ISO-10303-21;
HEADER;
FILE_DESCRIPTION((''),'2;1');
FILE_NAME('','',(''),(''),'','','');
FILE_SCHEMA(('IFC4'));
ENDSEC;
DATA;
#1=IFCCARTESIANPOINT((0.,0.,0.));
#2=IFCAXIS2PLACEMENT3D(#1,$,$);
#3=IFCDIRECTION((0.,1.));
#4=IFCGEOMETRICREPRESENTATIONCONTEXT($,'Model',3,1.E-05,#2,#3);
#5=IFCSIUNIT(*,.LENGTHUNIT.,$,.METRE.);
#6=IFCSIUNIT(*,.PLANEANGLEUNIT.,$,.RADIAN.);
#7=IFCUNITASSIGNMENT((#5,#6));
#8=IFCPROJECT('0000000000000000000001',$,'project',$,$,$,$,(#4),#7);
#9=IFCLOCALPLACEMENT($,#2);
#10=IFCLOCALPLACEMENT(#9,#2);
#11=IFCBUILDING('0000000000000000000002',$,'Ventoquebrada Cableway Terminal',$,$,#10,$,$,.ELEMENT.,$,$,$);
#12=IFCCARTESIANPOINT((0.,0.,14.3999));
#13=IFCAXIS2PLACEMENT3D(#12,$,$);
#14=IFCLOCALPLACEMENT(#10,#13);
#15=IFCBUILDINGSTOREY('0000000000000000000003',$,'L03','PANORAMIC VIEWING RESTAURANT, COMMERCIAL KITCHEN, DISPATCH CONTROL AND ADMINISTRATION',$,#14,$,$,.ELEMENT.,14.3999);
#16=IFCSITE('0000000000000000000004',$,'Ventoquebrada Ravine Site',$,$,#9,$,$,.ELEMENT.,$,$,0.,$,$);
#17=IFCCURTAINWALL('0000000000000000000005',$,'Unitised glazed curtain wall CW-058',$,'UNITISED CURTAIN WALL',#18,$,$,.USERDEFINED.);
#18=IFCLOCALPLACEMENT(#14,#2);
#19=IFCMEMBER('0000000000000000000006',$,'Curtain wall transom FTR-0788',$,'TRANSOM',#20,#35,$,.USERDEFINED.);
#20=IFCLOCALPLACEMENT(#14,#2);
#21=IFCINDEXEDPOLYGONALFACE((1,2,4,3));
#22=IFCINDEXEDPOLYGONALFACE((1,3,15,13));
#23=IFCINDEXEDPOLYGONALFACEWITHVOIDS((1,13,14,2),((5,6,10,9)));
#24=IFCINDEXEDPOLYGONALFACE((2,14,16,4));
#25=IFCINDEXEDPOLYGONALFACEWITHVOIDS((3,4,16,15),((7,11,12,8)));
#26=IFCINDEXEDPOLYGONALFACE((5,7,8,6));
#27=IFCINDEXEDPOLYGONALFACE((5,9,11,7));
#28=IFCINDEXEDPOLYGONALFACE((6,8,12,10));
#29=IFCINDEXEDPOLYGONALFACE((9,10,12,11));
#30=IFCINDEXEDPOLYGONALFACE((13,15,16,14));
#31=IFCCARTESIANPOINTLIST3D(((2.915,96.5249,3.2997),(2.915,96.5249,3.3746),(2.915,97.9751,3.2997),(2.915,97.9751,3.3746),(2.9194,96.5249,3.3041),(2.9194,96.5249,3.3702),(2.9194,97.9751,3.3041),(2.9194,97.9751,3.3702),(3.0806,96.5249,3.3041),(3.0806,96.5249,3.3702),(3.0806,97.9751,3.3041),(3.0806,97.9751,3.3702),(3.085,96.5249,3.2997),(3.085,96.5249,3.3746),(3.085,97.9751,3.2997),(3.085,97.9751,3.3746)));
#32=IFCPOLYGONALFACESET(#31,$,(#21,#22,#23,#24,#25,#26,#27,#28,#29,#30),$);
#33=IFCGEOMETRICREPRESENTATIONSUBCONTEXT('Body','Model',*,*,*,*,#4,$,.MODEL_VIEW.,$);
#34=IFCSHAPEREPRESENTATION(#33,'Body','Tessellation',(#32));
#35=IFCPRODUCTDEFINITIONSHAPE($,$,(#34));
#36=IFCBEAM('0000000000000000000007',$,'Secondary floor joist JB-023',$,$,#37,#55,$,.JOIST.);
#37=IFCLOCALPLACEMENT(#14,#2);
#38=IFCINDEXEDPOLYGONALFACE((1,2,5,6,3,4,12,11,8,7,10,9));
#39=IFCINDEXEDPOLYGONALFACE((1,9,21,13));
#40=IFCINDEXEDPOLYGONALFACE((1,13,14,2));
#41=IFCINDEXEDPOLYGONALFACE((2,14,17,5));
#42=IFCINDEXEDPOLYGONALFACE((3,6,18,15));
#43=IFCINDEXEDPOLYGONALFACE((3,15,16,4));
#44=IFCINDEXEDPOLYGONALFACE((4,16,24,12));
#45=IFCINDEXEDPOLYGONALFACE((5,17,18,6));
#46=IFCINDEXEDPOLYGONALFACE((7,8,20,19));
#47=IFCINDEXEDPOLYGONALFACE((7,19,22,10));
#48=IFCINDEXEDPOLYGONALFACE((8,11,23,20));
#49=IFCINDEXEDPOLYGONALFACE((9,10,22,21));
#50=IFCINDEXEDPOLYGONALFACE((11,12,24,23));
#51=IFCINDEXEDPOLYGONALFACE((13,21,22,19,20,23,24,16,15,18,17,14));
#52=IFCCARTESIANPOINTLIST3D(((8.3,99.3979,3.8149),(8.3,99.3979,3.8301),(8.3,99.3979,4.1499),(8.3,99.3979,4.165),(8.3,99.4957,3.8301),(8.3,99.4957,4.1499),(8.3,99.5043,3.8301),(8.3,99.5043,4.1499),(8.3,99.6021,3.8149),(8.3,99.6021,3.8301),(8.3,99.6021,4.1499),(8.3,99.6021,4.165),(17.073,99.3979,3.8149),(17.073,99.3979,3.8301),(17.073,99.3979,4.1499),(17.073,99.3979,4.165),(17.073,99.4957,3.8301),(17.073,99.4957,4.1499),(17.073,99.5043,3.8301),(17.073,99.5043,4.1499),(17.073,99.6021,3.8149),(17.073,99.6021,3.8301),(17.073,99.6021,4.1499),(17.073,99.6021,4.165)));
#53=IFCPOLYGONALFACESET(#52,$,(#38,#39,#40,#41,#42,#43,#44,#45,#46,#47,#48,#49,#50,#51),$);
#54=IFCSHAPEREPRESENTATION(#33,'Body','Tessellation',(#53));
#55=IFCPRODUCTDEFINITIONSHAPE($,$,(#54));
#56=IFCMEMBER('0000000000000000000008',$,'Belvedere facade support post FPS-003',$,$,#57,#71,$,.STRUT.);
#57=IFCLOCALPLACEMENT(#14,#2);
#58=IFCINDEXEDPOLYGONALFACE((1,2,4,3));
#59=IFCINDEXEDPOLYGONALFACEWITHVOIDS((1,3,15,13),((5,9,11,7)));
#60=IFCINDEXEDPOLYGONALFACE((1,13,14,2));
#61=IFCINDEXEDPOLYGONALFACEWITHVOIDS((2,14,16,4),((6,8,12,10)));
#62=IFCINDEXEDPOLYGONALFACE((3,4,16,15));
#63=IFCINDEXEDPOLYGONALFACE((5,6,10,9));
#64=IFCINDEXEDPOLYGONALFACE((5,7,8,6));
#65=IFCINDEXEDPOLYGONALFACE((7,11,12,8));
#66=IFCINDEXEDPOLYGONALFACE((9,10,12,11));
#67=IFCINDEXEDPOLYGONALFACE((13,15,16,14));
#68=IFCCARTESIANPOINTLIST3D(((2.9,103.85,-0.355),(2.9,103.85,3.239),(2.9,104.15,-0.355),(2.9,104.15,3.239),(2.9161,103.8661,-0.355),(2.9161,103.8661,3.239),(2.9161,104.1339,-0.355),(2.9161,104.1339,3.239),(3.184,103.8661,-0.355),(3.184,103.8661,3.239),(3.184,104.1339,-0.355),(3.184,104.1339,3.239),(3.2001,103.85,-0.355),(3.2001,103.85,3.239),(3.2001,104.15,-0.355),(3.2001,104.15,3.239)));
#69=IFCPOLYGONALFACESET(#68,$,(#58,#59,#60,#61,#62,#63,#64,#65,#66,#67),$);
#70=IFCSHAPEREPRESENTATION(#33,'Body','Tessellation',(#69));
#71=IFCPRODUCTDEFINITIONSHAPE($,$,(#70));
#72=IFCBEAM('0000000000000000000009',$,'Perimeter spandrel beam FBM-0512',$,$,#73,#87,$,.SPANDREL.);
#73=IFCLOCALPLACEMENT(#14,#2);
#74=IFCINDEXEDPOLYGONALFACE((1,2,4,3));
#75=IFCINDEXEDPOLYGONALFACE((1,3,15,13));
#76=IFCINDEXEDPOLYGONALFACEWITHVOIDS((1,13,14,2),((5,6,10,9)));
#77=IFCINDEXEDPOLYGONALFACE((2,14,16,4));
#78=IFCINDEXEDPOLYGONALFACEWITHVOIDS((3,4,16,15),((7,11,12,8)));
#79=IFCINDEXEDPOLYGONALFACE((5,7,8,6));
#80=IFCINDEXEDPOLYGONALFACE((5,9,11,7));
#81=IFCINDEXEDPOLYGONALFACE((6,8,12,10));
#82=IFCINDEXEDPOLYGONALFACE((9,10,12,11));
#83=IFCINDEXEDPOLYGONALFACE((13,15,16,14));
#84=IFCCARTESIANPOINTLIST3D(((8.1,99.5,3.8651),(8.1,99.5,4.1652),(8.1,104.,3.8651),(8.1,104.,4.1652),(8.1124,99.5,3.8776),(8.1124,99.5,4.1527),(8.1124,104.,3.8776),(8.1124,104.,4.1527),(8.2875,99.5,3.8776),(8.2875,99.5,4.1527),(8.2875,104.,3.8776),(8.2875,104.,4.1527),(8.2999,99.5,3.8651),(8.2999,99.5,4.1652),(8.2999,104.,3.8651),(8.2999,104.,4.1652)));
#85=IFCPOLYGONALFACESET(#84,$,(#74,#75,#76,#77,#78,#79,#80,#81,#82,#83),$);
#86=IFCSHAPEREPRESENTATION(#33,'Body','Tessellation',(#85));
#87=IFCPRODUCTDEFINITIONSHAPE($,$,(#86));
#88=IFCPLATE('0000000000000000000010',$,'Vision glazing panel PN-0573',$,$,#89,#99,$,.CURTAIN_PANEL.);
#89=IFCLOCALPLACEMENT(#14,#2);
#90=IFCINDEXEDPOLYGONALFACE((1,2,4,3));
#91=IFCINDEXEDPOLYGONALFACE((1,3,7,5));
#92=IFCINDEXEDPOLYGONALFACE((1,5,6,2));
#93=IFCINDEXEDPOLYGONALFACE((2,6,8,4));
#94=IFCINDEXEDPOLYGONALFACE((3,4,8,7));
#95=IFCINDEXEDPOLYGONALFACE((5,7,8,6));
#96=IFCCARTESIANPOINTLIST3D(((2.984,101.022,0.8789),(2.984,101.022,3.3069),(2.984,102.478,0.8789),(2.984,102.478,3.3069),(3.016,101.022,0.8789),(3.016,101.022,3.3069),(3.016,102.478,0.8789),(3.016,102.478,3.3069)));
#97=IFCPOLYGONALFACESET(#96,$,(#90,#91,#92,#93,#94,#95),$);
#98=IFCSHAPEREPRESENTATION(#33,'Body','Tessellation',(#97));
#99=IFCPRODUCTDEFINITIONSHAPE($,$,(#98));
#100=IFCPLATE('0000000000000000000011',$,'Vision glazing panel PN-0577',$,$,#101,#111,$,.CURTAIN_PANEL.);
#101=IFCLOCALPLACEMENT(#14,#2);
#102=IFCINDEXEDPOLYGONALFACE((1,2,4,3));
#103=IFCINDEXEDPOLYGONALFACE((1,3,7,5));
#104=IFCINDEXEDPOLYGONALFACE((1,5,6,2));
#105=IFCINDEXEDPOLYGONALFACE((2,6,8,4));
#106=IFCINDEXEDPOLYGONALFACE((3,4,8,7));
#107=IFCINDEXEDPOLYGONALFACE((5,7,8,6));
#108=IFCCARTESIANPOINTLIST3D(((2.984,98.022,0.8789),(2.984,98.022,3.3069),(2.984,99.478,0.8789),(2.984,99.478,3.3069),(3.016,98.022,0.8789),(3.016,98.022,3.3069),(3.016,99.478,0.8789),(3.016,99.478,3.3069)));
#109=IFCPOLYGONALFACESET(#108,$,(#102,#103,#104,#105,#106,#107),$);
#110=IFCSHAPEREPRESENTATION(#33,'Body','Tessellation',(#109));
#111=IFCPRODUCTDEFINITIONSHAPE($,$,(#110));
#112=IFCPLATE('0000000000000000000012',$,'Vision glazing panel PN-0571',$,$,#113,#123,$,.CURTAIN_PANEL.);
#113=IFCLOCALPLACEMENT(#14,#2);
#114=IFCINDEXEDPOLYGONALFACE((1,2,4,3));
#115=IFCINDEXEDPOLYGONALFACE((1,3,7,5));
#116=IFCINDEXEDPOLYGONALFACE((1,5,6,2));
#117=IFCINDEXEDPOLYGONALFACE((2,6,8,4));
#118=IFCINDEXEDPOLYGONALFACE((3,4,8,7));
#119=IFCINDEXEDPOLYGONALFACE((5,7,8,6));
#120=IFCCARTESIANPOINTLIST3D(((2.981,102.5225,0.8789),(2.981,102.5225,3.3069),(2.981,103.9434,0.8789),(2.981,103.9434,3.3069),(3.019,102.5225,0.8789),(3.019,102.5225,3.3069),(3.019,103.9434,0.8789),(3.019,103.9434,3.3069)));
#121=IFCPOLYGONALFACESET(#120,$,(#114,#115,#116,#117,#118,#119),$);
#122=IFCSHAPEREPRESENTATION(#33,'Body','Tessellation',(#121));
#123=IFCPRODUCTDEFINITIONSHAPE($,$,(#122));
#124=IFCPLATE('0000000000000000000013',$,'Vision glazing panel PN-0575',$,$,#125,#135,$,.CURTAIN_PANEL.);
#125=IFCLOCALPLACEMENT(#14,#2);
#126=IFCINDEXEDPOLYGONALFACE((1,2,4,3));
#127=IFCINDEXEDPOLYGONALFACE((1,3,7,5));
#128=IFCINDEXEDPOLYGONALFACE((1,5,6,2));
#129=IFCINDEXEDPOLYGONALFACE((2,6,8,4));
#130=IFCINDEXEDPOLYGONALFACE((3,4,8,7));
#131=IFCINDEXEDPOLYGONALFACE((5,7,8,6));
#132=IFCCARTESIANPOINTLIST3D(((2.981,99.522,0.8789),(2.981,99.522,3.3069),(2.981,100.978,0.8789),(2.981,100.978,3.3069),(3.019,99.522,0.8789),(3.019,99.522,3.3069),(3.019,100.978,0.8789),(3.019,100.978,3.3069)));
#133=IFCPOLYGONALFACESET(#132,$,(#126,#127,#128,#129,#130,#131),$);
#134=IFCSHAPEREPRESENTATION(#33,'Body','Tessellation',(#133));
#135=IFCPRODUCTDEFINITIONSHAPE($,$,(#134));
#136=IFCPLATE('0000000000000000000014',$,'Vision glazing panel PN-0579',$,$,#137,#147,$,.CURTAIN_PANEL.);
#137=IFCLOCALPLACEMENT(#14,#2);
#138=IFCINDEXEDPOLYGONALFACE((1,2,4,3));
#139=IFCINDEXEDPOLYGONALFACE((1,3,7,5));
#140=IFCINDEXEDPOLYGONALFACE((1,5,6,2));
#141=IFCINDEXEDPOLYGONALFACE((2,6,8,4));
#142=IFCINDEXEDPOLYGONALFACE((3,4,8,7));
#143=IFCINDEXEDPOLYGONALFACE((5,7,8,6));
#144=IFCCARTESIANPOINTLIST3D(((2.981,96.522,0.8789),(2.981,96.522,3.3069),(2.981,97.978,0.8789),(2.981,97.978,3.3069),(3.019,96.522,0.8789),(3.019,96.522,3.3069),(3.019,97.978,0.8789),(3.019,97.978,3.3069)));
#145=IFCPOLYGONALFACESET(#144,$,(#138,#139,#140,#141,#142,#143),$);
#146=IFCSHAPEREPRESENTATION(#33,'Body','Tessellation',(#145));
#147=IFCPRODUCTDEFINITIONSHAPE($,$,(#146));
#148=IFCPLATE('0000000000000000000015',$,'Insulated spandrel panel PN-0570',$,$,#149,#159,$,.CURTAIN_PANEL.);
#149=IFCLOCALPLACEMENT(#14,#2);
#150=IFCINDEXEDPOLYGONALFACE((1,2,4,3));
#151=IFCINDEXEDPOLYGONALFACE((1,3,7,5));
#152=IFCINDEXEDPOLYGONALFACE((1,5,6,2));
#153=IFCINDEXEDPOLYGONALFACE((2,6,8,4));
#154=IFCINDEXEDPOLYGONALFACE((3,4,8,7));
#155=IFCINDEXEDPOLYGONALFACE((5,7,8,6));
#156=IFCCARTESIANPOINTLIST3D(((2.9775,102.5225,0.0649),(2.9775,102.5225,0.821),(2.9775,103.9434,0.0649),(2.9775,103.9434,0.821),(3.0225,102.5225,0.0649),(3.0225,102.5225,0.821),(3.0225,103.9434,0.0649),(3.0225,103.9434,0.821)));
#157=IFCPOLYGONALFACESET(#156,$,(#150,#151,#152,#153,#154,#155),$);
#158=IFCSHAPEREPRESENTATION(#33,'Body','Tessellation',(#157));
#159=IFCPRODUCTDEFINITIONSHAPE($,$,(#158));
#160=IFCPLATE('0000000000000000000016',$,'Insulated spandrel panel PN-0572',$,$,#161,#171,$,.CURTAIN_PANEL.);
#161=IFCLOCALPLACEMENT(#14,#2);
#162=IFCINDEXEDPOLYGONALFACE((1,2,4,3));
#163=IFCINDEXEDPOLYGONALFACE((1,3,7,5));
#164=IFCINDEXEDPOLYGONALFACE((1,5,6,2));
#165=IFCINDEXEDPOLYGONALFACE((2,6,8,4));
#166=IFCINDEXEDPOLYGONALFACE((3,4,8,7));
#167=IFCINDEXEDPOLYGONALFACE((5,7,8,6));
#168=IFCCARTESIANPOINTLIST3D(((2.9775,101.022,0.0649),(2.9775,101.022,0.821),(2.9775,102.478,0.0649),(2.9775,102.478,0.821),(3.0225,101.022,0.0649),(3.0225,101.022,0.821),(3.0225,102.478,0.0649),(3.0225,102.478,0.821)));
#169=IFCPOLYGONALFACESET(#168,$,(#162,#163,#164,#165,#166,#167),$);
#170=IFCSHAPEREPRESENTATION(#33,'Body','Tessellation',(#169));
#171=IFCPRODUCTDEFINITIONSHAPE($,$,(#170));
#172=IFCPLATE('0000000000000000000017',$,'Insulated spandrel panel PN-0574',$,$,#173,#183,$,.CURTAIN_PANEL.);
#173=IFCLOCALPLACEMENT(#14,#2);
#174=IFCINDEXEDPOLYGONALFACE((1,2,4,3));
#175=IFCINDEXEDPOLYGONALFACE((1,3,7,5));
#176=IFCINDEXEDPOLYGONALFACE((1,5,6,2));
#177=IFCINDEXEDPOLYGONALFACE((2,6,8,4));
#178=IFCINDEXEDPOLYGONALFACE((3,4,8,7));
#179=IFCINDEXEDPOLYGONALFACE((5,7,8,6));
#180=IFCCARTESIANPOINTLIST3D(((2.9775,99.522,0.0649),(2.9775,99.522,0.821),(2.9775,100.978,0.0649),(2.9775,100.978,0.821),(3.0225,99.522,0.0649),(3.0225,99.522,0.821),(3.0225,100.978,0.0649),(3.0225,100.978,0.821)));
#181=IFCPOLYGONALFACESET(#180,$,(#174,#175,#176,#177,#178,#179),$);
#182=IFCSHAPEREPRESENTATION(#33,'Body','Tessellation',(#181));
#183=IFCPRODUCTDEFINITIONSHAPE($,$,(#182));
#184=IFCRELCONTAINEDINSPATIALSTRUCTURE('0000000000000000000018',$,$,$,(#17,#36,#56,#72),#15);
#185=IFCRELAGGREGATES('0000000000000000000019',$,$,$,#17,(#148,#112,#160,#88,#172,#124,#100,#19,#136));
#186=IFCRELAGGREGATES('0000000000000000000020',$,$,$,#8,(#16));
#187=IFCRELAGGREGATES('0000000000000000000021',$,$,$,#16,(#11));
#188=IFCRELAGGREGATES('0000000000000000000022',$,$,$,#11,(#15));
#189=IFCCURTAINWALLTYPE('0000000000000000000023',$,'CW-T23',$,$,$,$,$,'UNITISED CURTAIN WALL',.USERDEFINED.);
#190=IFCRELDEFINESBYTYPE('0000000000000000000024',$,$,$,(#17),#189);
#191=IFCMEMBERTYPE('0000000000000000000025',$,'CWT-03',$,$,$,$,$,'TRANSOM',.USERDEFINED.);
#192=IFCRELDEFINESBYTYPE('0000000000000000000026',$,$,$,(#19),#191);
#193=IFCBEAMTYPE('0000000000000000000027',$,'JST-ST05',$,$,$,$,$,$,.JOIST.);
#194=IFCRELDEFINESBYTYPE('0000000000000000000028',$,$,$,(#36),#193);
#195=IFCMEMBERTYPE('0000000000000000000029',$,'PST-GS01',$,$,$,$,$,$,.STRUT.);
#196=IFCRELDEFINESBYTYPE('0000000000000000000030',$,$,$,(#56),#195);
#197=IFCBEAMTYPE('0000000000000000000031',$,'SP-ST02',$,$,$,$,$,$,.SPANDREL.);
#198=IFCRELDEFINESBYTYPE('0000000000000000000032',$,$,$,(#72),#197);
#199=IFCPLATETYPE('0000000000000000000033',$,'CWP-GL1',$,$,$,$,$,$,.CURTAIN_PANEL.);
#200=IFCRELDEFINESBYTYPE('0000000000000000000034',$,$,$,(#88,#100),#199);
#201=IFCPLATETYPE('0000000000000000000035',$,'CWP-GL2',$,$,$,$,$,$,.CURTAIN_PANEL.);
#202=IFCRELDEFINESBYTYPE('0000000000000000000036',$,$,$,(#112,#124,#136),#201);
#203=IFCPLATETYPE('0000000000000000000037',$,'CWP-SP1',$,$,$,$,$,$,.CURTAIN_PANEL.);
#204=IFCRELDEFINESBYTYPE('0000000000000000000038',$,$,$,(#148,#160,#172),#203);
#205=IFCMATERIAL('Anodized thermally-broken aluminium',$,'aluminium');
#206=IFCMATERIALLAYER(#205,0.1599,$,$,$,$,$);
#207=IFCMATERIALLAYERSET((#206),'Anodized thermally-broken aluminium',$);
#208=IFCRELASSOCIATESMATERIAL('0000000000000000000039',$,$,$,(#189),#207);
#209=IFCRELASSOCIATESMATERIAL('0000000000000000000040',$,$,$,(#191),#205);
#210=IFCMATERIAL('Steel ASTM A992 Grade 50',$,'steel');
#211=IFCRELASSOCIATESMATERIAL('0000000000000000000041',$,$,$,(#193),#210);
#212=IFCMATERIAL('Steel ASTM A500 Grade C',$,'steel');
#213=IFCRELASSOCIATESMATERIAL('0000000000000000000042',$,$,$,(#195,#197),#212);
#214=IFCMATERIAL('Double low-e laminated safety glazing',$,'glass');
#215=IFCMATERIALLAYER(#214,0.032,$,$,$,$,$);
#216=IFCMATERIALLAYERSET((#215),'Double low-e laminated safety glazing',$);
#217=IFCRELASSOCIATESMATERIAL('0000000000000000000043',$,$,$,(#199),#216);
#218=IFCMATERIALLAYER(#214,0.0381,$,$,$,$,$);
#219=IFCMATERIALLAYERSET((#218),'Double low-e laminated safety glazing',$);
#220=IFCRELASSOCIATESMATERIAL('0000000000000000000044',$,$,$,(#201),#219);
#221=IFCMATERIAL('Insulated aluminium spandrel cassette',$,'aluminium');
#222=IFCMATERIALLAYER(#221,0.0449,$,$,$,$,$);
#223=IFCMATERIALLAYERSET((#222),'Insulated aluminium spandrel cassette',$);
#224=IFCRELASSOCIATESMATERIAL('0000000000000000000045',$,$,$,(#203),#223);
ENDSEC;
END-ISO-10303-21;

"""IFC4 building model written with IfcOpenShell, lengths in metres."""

from ifc_helpers import new_model, si_unit, direction, frame, origin, origin_2d, place, context, subcontext, project, spatial, rectangle, hollow_rectangle, i_section, extrude, material, layer, layer_set, material_profile, profile_set, type_object, element, aggregate, save


model = new_model("IFC4")

# Units and contexts
model_context = context("Model", 3, precision=1e-05, world=origin(), true_north=direction((0.0, 1.0)))
body_context = subcontext(model_context, "Body", "Model", "MODEL_VIEW")
ifc_project = project(units=[si_unit("LENGTHUNIT", "METRE"), si_unit("PLANEANGLEUNIT", "RADIAN")], contexts=[model_context])

# Site, building, storey
site_placement = place(None, origin())
site = spatial("IfcSite", under=ifc_project, at=site_placement, Name="Ventoquebrada Ravine Site", CompositionType="ELEMENT", RefElevation=0.0)
building_placement = place(site_placement, origin())
building = spatial("IfcBuilding", under=site, at=building_placement, Name="Ventoquebrada Cableway Terminal", CompositionType="ELEMENT")
storey_placement = place(building_placement, frame((0.0, 0.0, 14.3999)))
storey = spatial("IfcBuildingStorey", under=building, at=storey_placement, Name="L03", Description="PANORAMIC VIEWING RESTAURANT, COMMERCIAL KITCHEN, DISPATCH CONTROL AND ADMINISTRATION", CompositionType="ELEMENT", Elevation=14.3999)

# Shared definitions
ifc_material_1 = material(Name="Steel ASTM A992 Grade 50", Category="steel")

# Curtain wall, member
ifc_material_2 = material(Name="Anodized thermally-broken aluminium", Category="aluminium")
ifc_layer_1 = layer(ifc_material_2, 0.1599)
ifc_layer_set_1 = layer_set([ifc_layer_1], Name="Anodized thermally-broken aluminium")
curtain_wall_type = type_object("IfcCurtainWallType", Name="CW-T23", ElementType="UNITISED CURTAIN WALL", PredefinedType="USERDEFINED", material=ifc_layer_set_1)
curtain_wall_placement = place(storey_placement, origin())
curtain_wall = element("IfcCurtainWall", 1, at=curtain_wall_placement, inside=storey, type_object=curtain_wall_type, Name="Unitised glazed curtain wall CW-058", ObjectType="UNITISED CURTAIN WALL", PredefinedType="USERDEFINED")
ifc_material_profile_1 = material_profile(ifc_material_2, hollow_rectangle(XDim=0.075, YDim=0.1699, WallThickness=0.0044, at=origin_2d()), Name="CW-TRN-75X170")
ifc_profile_set_1 = profile_set([ifc_material_profile_1], Name="Anodized thermally-broken aluminium")
member_type_1 = type_object("IfcMemberType", Name="CWT-03", ElementType="TRANSOM", PredefinedType="USERDEFINED", material=ifc_profile_set_1)
member_1_placement = place(storey_placement, frame((3.0, 97.9751, 3.3372), z_axis=(0.0, -1.0, 0.0), x_axis=(0.0, 0.0, 1.0)))
member_1 = element("IfcMember", 2, at=member_1_placement, type_object=member_type_1, Name="Curtain wall transom FTR-0788", ObjectType="TRANSOM", PredefinedType="USERDEFINED", context=body_context, shape_type="SweptSolid", body=[
    extrude(hollow_rectangle(XDim=0.075, YDim=0.1699, WallThickness=0.0044, at=origin_2d()), origin(), (0.0, 0.0, 1.0), 1.4502),
])

# Beam
ifc_material_profile_2 = material_profile(ifc_material_1, i_section(OverallWidth=0.2041, OverallDepth=0.3501, WebThickness=0.0085, FlangeThickness=0.0151, at=origin_2d()), Name="W14X48")
ifc_profile_set_2 = profile_set([ifc_material_profile_2], Name="Steel ASTM A992 Grade 50")
beam_type_1 = type_object("IfcBeamType", Name="JST-ST05", PredefinedType="JOIST", material=ifc_profile_set_2)
beam_1_placement = place(storey_placement, frame((8.3, 99.5, 3.99), z_axis=(1.0, 0.0, 0.0), x_axis=(0.0, 1.0, 0.0)))
element("IfcBeam", 3, at=beam_1_placement, inside=storey, type_object=beam_type_1, Name="Secondary floor joist JB-023", PredefinedType="JOIST", context=body_context, shape_type="SweptSolid", body=[
    extrude(i_section(OverallWidth=0.2041, OverallDepth=0.3501, WebThickness=0.0085, FlangeThickness=0.0151, at=origin_2d()), origin(), (0.0, 0.0, 1.0), 8.7729),
])

# Member
ifc_material_3 = material(Name="Steel ASTM A500 Grade C", Category="steel")
ifc_material_profile_3 = material_profile(ifc_material_3, hollow_rectangle(XDim=0.3, YDim=0.3, WallThickness=0.0161, at=origin_2d()), Name="HSS300X300X16")
ifc_profile_set_3 = profile_set([ifc_material_profile_3], Name="Steel ASTM A500 Grade C")
member_type_2 = type_object("IfcMemberType", Name="PST-GS01", PredefinedType="STRUT", material=ifc_profile_set_3)
member_2_placement = place(storey_placement, frame((3.05, 104.0, -0.355), z_axis=(0.0, 0.0, 1.0), x_axis=(1.0, 0.0, 0.0)))
element("IfcMember", 4, at=member_2_placement, inside=storey, type_object=member_type_2, Name="Belvedere facade support post FPS-003", PredefinedType="STRUT", context=body_context, shape_type="SweptSolid", body=[
    extrude(hollow_rectangle(XDim=0.3, YDim=0.3, WallThickness=0.0161, at=origin_2d()), origin(), (0.0, 0.0, 1.0), 3.594),
])

# Beam
ifc_material_profile_4 = material_profile(ifc_material_3, hollow_rectangle(XDim=0.2, YDim=0.3, WallThickness=0.0125, at=origin_2d()), Name="RHS300X200X12.5")
ifc_profile_set_4 = profile_set([ifc_material_profile_4], Name="Steel ASTM A500 Grade C")
beam_type_2 = type_object("IfcBeamType", Name="SP-ST02", PredefinedType="SPANDREL", material=ifc_profile_set_4)
beam_2_placement = place(storey_placement, frame((8.2, 99.5, 4.0151), z_axis=(0.0, 1.0, 0.0), x_axis=(-1.0, 0.0, 0.0)))
element("IfcBeam", 5, at=beam_2_placement, inside=storey, type_object=beam_type_2, Name="Perimeter spandrel beam FBM-0512", PredefinedType="SPANDREL", context=body_context, shape_type="SweptSolid", body=[
    extrude(hollow_rectangle(XDim=0.2, YDim=0.3, WallThickness=0.0125, at=origin_2d()), origin(), (0.0, 0.0, 1.0), 4.5),
])

# Plates
ifc_material_4 = material(Name="Double low-e laminated safety glazing", Category="glass")
ifc_layer_2 = layer(ifc_material_4, 0.032)
ifc_layer_set_2 = layer_set([ifc_layer_2], Name="Double low-e laminated safety glazing")
plate_type_1 = type_object("IfcPlateType", Name="CWP-GL1", PredefinedType="CURTAIN_PANEL", material=ifc_layer_set_2)
plate_1_placement = place(storey_placement, frame((3.0, 101.75, 0.8789), z_axis=(0.0, 0.0, 1.0), x_axis=(0.0, -1.0, 0.0)))
plate_1 = element("IfcPlate", 6, at=plate_1_placement, type_object=plate_type_1, Name="Vision glazing panel PN-0573", PredefinedType="CURTAIN_PANEL", context=body_context, shape_type="SweptSolid", body=[
    extrude(rectangle(XDim=1.4561, YDim=0.032, at=origin_2d()), origin(), (0.0, 0.0, 1.0), 2.428),
])
plate_2_placement = place(storey_placement, frame((3.0, 98.75, 0.8789), z_axis=(0.0, 0.0, 1.0), x_axis=(0.0, -1.0, 0.0)))
plate_2 = element("IfcPlate", 7, at=plate_2_placement, type_object=plate_type_1, Name="Vision glazing panel PN-0577", PredefinedType="CURTAIN_PANEL", context=body_context, shape_type="SweptSolid", body=[
    extrude(rectangle(XDim=1.4561, YDim=0.032, at=origin_2d()), origin(), (0.0, 0.0, 1.0), 2.428),
])
ifc_layer_3 = layer(ifc_material_4, 0.0381)
ifc_layer_set_3 = layer_set([ifc_layer_3], Name="Double low-e laminated safety glazing")
plate_type_2 = type_object("IfcPlateType", Name="CWP-GL2", PredefinedType="CURTAIN_PANEL", material=ifc_layer_set_3)
plate_3_placement = place(storey_placement, frame((3.0, 103.2329, 0.8789), z_axis=(0.0, 0.0, 1.0), x_axis=(0.0, -1.0, 0.0)))
plate_3 = element("IfcPlate", 8, at=plate_3_placement, type_object=plate_type_2, Name="Vision glazing panel PN-0571", PredefinedType="CURTAIN_PANEL", context=body_context, shape_type="SweptSolid", body=[
    extrude(rectangle(XDim=1.4209, YDim=0.0381, at=origin_2d()), origin(), (0.0, 0.0, 1.0), 2.428),
])
plate_4_placement = place(storey_placement, frame((3.0, 100.25, 0.8789), z_axis=(0.0, 0.0, 1.0), x_axis=(0.0, -1.0, 0.0)))
plate_4 = element("IfcPlate", 9, at=plate_4_placement, type_object=plate_type_2, Name="Vision glazing panel PN-0575", PredefinedType="CURTAIN_PANEL", context=body_context, shape_type="SweptSolid", body=[
    extrude(rectangle(XDim=1.4561, YDim=0.0381, at=origin_2d()), origin(), (0.0, 0.0, 1.0), 2.428),
])
plate_5_placement = place(storey_placement, frame((3.0, 97.25, 0.8789), z_axis=(0.0, 0.0, 1.0), x_axis=(0.0, -1.0, 0.0)))
plate_5 = element("IfcPlate", 10, at=plate_5_placement, type_object=plate_type_2, Name="Vision glazing panel PN-0579", PredefinedType="CURTAIN_PANEL", context=body_context, shape_type="SweptSolid", body=[
    extrude(rectangle(XDim=1.4561, YDim=0.0381, at=origin_2d()), origin(), (0.0, 0.0, 1.0), 2.428),
])
ifc_material_5 = material(Name="Insulated aluminium spandrel cassette", Category="aluminium")
ifc_layer_4 = layer(ifc_material_5, 0.0449)
ifc_layer_set_4 = layer_set([ifc_layer_4], Name="Insulated aluminium spandrel cassette")
plate_type_3 = type_object("IfcPlateType", Name="CWP-SP1", PredefinedType="CURTAIN_PANEL", material=ifc_layer_set_4)
plate_6_placement = place(storey_placement, frame((3.0, 103.2329, 0.0649), z_axis=(0.0, 0.0, 1.0), x_axis=(0.0, -1.0, 0.0)))
plate_6 = element("IfcPlate", 11, at=plate_6_placement, type_object=plate_type_3, Name="Insulated spandrel panel PN-0570", PredefinedType="CURTAIN_PANEL", context=body_context, shape_type="SweptSolid", body=[
    extrude(rectangle(XDim=1.4209, YDim=0.0449, at=origin_2d()), origin(), (0.0, 0.0, 1.0), 0.7561),
])
plate_7_placement = place(storey_placement, frame((3.0, 101.75, 0.0649), z_axis=(0.0, 0.0, 1.0), x_axis=(0.0, -1.0, 0.0)))
plate_7 = element("IfcPlate", 12, at=plate_7_placement, type_object=plate_type_3, Name="Insulated spandrel panel PN-0572", PredefinedType="CURTAIN_PANEL", context=body_context, shape_type="SweptSolid", body=[
    extrude(rectangle(XDim=1.4561, YDim=0.0449, at=origin_2d()), origin(), (0.0, 0.0, 1.0), 0.7561),
])
plate_8_placement = place(storey_placement, frame((3.0, 100.25, 0.0649), z_axis=(0.0, 0.0, 1.0), x_axis=(0.0, -1.0, 0.0)))
plate_8 = element("IfcPlate", 13, at=plate_8_placement, type_object=plate_type_3, Name="Insulated spandrel panel PN-0574", PredefinedType="CURTAIN_PANEL", context=body_context, shape_type="SweptSolid", body=[
    extrude(rectangle(XDim=1.4561, YDim=0.0449, at=origin_2d()), origin(), (0.0, 0.0, 1.0), 0.7561),
])
aggregate(curtain_wall, [plate_6, plate_3, plate_7, plate_1, plate_8, plate_4, plate_2, member_1, plate_5])

save(model, "model.ifc")
